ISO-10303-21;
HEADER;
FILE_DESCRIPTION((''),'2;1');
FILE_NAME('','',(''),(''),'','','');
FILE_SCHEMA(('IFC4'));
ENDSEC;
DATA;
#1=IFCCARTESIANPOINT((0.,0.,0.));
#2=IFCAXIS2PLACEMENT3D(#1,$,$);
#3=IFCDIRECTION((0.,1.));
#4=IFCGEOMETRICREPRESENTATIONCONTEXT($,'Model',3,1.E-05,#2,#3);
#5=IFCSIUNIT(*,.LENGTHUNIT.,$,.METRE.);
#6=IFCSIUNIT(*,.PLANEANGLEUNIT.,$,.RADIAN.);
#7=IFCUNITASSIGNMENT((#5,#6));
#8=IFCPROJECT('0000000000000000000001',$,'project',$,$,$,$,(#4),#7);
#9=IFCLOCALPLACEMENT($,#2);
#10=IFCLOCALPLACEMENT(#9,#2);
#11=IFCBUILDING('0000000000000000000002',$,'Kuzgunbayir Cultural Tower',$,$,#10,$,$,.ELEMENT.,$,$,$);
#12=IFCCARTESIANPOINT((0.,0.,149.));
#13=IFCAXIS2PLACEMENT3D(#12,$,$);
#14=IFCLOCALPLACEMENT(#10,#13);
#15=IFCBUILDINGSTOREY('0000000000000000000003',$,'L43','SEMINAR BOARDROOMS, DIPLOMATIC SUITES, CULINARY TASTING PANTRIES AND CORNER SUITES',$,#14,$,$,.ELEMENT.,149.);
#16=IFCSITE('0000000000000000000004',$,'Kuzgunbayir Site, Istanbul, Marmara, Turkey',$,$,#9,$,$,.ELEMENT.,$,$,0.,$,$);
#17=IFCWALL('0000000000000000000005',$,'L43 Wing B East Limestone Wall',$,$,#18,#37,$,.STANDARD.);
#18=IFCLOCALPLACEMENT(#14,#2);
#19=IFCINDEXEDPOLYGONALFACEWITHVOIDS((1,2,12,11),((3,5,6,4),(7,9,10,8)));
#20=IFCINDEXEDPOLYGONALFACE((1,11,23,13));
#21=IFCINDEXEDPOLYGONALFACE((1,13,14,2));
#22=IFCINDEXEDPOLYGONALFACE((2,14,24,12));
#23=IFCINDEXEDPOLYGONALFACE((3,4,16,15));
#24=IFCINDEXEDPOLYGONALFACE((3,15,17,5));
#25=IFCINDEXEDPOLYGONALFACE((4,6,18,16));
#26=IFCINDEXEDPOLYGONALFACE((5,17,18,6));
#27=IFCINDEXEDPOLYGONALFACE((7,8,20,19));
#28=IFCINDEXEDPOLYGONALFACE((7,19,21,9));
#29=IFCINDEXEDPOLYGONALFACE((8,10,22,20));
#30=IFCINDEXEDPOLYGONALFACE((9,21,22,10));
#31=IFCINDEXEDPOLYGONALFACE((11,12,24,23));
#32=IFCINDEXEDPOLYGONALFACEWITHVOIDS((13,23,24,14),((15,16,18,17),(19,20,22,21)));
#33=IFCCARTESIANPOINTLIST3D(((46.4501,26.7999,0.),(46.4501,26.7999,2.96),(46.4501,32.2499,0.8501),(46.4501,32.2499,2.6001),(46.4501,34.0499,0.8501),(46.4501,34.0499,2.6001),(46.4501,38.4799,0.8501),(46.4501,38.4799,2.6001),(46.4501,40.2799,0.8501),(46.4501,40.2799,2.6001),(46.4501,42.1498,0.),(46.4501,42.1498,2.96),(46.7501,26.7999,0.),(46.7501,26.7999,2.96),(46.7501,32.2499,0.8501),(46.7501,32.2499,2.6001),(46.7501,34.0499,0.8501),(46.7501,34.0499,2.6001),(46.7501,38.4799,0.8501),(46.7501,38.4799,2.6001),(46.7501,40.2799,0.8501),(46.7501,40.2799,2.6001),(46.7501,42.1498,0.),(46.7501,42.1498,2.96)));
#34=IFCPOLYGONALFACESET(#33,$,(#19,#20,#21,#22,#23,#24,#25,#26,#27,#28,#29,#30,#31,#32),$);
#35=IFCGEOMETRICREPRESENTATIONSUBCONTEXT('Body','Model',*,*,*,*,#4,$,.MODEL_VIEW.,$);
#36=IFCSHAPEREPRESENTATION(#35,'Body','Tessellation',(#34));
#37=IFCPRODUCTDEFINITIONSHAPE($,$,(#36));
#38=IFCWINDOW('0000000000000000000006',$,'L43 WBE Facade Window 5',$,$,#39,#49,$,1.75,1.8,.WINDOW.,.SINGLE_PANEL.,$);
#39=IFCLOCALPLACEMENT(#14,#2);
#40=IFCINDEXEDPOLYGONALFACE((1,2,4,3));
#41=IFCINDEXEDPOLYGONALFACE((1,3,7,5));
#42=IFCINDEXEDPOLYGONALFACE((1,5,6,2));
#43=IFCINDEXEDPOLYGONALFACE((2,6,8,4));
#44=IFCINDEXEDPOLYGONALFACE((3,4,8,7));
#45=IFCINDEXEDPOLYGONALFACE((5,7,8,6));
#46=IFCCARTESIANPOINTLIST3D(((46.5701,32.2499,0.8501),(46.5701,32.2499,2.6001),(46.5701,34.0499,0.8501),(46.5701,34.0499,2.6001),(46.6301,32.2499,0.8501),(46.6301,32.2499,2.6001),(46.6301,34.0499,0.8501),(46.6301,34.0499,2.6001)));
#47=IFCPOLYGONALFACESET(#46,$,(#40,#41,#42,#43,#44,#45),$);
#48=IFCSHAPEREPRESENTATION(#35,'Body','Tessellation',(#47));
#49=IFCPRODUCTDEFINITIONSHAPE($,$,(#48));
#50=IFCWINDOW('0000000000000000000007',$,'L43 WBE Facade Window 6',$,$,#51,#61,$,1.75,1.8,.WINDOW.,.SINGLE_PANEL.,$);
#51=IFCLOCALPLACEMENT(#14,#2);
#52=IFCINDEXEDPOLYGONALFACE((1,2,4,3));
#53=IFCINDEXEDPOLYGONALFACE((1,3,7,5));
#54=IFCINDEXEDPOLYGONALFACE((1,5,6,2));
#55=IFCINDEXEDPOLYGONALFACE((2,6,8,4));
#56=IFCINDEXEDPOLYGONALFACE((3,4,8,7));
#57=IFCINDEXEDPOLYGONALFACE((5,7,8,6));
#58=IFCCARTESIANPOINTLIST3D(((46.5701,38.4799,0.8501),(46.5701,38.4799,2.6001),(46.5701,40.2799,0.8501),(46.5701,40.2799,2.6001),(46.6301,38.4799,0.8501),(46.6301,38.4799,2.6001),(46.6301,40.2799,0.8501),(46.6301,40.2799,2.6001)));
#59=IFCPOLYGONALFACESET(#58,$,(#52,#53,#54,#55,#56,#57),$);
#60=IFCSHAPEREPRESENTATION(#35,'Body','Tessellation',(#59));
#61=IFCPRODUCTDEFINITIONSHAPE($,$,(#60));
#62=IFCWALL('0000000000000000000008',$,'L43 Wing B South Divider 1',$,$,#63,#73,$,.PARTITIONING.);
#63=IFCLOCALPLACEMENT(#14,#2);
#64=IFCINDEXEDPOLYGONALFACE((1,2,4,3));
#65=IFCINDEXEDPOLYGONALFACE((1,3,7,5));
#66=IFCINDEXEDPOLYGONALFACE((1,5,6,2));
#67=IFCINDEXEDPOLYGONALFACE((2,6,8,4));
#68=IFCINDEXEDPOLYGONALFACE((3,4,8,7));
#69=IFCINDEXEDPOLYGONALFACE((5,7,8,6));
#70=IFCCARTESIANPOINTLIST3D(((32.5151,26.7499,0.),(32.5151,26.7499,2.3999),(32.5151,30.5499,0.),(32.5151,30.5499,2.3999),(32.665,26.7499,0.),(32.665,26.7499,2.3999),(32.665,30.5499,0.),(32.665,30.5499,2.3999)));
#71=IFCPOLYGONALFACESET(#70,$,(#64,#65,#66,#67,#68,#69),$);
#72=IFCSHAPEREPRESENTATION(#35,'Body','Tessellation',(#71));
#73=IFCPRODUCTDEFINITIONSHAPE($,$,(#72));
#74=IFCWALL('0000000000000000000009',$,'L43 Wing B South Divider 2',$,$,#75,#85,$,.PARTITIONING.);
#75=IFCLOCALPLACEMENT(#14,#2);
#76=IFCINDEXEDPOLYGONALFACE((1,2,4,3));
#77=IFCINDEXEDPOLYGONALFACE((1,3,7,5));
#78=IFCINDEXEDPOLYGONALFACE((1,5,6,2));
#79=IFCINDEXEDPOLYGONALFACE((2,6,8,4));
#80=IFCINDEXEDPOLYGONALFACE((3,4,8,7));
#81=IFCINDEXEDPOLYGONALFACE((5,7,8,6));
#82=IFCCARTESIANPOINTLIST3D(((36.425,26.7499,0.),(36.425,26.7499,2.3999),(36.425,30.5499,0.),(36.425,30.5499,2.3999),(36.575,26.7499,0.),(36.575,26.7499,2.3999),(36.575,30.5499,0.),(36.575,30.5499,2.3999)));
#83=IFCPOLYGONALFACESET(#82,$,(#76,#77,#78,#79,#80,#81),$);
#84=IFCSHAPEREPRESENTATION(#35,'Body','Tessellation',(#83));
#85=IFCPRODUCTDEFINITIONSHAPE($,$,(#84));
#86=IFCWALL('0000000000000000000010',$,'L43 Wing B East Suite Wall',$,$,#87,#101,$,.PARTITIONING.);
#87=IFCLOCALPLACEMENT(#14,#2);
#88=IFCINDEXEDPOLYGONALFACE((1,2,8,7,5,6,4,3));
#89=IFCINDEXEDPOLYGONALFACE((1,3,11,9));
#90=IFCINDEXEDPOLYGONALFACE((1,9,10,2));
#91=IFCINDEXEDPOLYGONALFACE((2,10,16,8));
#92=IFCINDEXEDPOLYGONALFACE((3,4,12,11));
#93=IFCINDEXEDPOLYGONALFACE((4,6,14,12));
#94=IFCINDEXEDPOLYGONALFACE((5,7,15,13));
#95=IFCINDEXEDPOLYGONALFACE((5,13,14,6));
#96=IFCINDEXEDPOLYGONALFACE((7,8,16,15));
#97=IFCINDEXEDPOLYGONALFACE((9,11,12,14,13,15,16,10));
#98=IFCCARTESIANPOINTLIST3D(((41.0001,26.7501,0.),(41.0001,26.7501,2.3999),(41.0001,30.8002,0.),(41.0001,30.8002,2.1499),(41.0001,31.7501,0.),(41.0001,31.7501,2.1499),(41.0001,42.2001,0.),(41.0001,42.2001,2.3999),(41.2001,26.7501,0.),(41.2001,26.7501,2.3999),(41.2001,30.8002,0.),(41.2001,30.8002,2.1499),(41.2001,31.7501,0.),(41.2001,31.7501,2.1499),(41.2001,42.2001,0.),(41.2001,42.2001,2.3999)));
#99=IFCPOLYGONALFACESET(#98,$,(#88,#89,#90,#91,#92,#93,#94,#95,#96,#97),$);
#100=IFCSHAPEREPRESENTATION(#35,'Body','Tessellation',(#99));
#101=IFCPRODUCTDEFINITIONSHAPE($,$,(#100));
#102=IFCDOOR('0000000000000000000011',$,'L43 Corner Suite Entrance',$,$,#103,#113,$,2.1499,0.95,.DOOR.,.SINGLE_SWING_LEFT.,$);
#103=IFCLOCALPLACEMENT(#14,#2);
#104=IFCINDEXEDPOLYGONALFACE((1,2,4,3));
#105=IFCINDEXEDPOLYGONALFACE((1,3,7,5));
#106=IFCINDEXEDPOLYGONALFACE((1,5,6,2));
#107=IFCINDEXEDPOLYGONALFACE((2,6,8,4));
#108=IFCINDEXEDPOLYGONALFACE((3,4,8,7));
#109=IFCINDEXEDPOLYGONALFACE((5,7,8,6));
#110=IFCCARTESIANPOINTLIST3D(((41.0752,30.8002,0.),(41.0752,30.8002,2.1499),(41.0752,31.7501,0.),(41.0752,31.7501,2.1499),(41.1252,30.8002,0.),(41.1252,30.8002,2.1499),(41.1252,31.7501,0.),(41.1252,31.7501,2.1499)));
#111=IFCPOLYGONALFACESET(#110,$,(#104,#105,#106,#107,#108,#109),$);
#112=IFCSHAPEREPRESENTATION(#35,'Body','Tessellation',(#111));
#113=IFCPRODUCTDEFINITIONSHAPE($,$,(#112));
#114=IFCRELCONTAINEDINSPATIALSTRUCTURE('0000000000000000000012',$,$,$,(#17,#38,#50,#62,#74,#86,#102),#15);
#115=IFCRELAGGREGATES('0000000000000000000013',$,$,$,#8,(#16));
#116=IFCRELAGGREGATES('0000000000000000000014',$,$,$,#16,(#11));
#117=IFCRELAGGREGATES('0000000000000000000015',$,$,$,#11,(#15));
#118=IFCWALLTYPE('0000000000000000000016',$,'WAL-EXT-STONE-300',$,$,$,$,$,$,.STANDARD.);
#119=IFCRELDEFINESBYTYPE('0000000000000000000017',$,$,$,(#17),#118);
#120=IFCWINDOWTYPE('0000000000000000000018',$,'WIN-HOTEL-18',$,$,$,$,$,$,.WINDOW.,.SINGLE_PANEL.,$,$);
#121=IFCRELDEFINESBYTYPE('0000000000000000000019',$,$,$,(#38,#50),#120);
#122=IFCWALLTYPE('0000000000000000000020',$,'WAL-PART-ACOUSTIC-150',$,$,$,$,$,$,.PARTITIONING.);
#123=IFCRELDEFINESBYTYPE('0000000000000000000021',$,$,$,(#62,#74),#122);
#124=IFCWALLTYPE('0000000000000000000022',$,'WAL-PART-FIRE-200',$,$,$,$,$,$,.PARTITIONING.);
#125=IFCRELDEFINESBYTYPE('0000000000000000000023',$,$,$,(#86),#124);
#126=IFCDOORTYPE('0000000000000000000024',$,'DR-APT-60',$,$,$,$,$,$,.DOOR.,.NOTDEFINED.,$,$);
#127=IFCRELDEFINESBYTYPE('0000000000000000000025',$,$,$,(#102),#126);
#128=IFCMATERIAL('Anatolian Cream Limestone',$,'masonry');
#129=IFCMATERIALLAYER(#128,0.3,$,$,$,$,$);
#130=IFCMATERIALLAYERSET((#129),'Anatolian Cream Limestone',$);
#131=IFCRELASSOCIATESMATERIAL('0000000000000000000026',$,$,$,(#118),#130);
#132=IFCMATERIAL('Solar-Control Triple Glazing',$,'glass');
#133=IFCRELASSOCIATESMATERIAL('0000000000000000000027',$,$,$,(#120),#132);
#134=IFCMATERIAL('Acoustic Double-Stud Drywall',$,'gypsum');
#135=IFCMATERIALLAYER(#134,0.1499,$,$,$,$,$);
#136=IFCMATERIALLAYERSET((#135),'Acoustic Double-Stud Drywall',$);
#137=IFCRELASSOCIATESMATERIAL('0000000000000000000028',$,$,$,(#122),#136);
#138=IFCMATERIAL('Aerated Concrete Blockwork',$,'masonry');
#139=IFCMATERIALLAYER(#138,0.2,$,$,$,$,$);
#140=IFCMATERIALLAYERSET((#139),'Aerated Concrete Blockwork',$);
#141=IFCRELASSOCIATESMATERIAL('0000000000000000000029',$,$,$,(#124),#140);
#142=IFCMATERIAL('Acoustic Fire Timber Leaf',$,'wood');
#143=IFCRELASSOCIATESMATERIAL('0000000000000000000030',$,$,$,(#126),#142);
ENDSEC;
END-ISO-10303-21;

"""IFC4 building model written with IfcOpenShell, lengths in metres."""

from ifc_helpers import new_model, si_unit, direction, frame, frame_2d, origin, place, context, subcontext, project, spatial, rectangle, extrude, material, layer, layer_set, type_object, element, fill, save


model = new_model("IFC4")

# Units and contexts
model_context = context("Model", 3, precision=1e-05, world=origin(), true_north=direction((0.0, 1.0)))
body_context = subcontext(model_context, "Body", "Model", "MODEL_VIEW")
ifc_project = project(units=[si_unit("LENGTHUNIT", "METRE"), si_unit("PLANEANGLEUNIT", "RADIAN")], contexts=[model_context])

# Site, building, storey
site_placement = place(None, origin())
site = spatial("IfcSite", under=ifc_project, at=site_placement, Name="Kuzgunbayir Site, Istanbul, Marmara, Turkey", CompositionType="ELEMENT", RefElevation=0.0)
building_placement = place(site_placement, origin())
building = spatial("IfcBuilding", under=site, at=building_placement, Name="Kuzgunbayir Cultural Tower", CompositionType="ELEMENT")
storey_placement = place(building_placement, frame((0.0, 0.0, 149.0)))
storey = spatial("IfcBuildingStorey", under=building, at=storey_placement, Name="L43", Description="SEMINAR BOARDROOMS, DIPLOMATIC SUITES, CULINARY TASTING PANTRIES AND CORNER SUITES", CompositionType="ELEMENT", Elevation=149.0)

# Wall, openings, windows
ifc_material_1 = material(Name="Anatolian Cream Limestone", Category="masonry")
ifc_layer_1 = layer(ifc_material_1, 0.3)
ifc_layer_set_1 = layer_set([ifc_layer_1], Name="Anatolian Cream Limestone")
wall_type_1 = type_object("IfcWallType", Name="WAL-EXT-STONE-300", PredefinedType="STANDARD", material=ifc_layer_set_1)
wall_1_placement = place(storey_placement, frame((46.6001, 26.8, 0.0), z_axis=(0.0, 0.0, 1.0), x_axis=(0.0, 1.0, 0.0)))
wall_1 = element("IfcWall", 1, at=wall_1_placement, inside=storey, type_object=wall_type_1, Name="L43 Wing B East Limestone Wall", PredefinedType="STANDARD", context=body_context, shape_type="SweptSolid", body=[
    extrude(rectangle(XDim=15.3499, YDim=0.3, at=frame_2d((7.6748, 0.0))), origin(), (0.0, 0.0, 1.0), 2.96),
])
opening_1_placement = place(wall_1_placement, frame((5.45, 0.0, 0.8501)))
opening_1 = element("IfcOpeningElement", 2, at=opening_1_placement, cuts=wall_1, PredefinedType="OPENING", context=body_context, shape_type="SweptSolid", body=[
    extrude(rectangle(XDim=1.8, YDim=1.75, at=frame_2d((0.8999, 0.875))), frame((0.0, 0.1602, 0.0), z_axis=(0.0, -1.0, 0.0), x_axis=(1.0, 0.0, 0.0)), (0.0, 0.0, 1.0), 0.3201),
])
opening_2_placement = place(wall_1_placement, frame((11.6799, 0.0, 0.8501)))
opening_2 = element("IfcOpeningElement", 3, at=opening_2_placement, cuts=wall_1, PredefinedType="OPENING", context=body_context, shape_type="SweptSolid", body=[
    extrude(rectangle(XDim=1.8, YDim=1.75, at=frame_2d((0.8999, 0.875))), frame((0.0, 0.1602, 0.0), z_axis=(0.0, -1.0, 0.0), x_axis=(1.0, 0.0, 0.0)), (0.0, 0.0, 1.0), 0.3201),
])
ifc_material_2 = material(Name="Solar-Control Triple Glazing", Category="glass")
window_type = type_object("IfcWindowType", Name="WIN-HOTEL-18", PartitioningType="SINGLE_PANEL", PredefinedType="WINDOW", material=ifc_material_2)
window_1_placement = place(opening_1_placement, origin())
window_1 = element("IfcWindow", 4, at=window_1_placement, inside=storey, type_object=window_type, Name="L43 WBE Facade Window 5", OverallHeight=1.75, OverallWidth=1.8, PartitioningType="SINGLE_PANEL", PredefinedType="WINDOW", context=body_context, shape_type="SweptSolid", body=[
    extrude(rectangle(XDim=1.8, YDim=1.75, at=frame_2d((0.8999, 0.875))), frame((0.0, 0.03, 0.0), z_axis=(0.0, -1.0, 0.0), x_axis=(1.0, 0.0, 0.0)), (0.0, 0.0, 1.0), 0.0601),
])
fill(opening_1, window_1)
window_2_placement = place(opening_2_placement, origin())
window_2 = element("IfcWindow", 5, at=window_2_placement, inside=storey, type_object=window_type, Name="L43 WBE Facade Window 6", OverallHeight=1.75, OverallWidth=1.8, PartitioningType="SINGLE_PANEL", PredefinedType="WINDOW", context=body_context, shape_type="SweptSolid", body=[
    extrude(rectangle(XDim=1.8, YDim=1.75, at=frame_2d((0.8999, 0.875))), frame((0.0, 0.03, 0.0), z_axis=(0.0, -1.0, 0.0), x_axis=(1.0, 0.0, 0.0)), (0.0, 0.0, 1.0), 0.0601),
])
fill(opening_2, window_2)

# Walls
ifc_material_3 = material(Name="Acoustic Double-Stud Drywall", Category="gypsum")
ifc_layer_2 = layer(ifc_material_3, 0.1499)
ifc_layer_set_2 = layer_set([ifc_layer_2], Name="Acoustic Double-Stud Drywall")
wall_type_2 = type_object("IfcWallType", Name="WAL-PART-ACOUSTIC-150", PredefinedType="PARTITIONING", material=ifc_layer_set_2)
for number, where, z_axis, x_axis, name in (
    (6, (32.5901, 26.75, 0.0), (0.0, 0.0, 1.0), (0.0, 1.0, 0.0), "L43 Wing B South Divider 1"),
    (7, (36.5, 26.75, 0.0), (0.0, 0.0, 1.0), (0.0, 1.0, 0.0), "L43 Wing B South Divider 2"),
):
    element("IfcWall", number, at=place(storey_placement, frame(where, z_axis=z_axis, x_axis=x_axis)), inside=storey, type_object=wall_type_2, Name=name, PredefinedType="PARTITIONING", context=body_context, shape_type="SweptSolid", body=[
        extrude(rectangle(XDim=3.8, YDim=0.1499, at=frame_2d((1.8999, 0.0))), origin(), (0.0, 0.0, 1.0), 2.3999),
    ])

# Wall, opening, door
ifc_material_4 = material(Name="Aerated Concrete Blockwork", Category="masonry")
ifc_layer_3 = layer(ifc_material_4, 0.2)
ifc_layer_set_3 = layer_set([ifc_layer_3], Name="Aerated Concrete Blockwork")
wall_type_3 = type_object("IfcWallType", Name="WAL-PART-FIRE-200", PredefinedType="PARTITIONING", material=ifc_layer_set_3)
wall_2_placement = place(storey_placement, frame((41.1001, 26.75, 0.0), z_axis=(0.0, 0.0, 1.0), x_axis=(0.0, 1.0, 0.0)))
wall_2 = element("IfcWall", 8, at=wall_2_placement, inside=storey, type_object=wall_type_3, Name="L43 Wing B East Suite Wall", PredefinedType="PARTITIONING", context=body_context, shape_type="SweptSolid", body=[
    extrude(rectangle(XDim=15.45, YDim=0.2, at=frame_2d((7.7251, 0.0))), origin(), (0.0, 0.0, 1.0), 2.3999),
])
opening_3_placement = place(wall_2_placement, frame((4.05, 0.0, 0.0)))
opening_3 = element("IfcOpeningElement", 9, at=opening_3_placement, cuts=wall_2, PredefinedType="OPENING", context=body_context, shape_type="SweptSolid", body=[
    extrude(rectangle(XDim=0.95, YDim=2.1499, at=frame_2d((0.4751, 1.075))), frame((0.0, 0.1099, 0.0), z_axis=(0.0, -1.0, 0.0), x_axis=(1.0, 0.0, 0.0)), (0.0, 0.0, 1.0), 0.22),
])
ifc_material_5 = material(Name="Acoustic Fire Timber Leaf", Category="wood")
door_type_1 = type_object("IfcDoorType", Name="DR-APT-60", OperationType="NOTDEFINED", PredefinedType="DOOR", material=ifc_material_5)
door_1_placement = place(opening_3_placement, origin())
door_1 = element("IfcDoor", 10, at=door_1_placement, inside=storey, type_object=door_type_1, Name="L43 Corner Suite Entrance", OperationType="SINGLE_SWING_LEFT", OverallHeight=2.1499, OverallWidth=0.95, PredefinedType="DOOR", context=body_context, shape_type="SweptSolid", body=[
    extrude(rectangle(XDim=0.95, YDim=2.1499, at=frame_2d((0.4751, 1.075))), frame((0.0, 0.0249, 0.0), z_axis=(0.0, -1.0, 0.0), x_axis=(1.0, 0.0, 0.0)), (0.0, 0.0, 1.0), 0.05),
])
fill(opening_3, door_1)

save(model, "model.ifc")
